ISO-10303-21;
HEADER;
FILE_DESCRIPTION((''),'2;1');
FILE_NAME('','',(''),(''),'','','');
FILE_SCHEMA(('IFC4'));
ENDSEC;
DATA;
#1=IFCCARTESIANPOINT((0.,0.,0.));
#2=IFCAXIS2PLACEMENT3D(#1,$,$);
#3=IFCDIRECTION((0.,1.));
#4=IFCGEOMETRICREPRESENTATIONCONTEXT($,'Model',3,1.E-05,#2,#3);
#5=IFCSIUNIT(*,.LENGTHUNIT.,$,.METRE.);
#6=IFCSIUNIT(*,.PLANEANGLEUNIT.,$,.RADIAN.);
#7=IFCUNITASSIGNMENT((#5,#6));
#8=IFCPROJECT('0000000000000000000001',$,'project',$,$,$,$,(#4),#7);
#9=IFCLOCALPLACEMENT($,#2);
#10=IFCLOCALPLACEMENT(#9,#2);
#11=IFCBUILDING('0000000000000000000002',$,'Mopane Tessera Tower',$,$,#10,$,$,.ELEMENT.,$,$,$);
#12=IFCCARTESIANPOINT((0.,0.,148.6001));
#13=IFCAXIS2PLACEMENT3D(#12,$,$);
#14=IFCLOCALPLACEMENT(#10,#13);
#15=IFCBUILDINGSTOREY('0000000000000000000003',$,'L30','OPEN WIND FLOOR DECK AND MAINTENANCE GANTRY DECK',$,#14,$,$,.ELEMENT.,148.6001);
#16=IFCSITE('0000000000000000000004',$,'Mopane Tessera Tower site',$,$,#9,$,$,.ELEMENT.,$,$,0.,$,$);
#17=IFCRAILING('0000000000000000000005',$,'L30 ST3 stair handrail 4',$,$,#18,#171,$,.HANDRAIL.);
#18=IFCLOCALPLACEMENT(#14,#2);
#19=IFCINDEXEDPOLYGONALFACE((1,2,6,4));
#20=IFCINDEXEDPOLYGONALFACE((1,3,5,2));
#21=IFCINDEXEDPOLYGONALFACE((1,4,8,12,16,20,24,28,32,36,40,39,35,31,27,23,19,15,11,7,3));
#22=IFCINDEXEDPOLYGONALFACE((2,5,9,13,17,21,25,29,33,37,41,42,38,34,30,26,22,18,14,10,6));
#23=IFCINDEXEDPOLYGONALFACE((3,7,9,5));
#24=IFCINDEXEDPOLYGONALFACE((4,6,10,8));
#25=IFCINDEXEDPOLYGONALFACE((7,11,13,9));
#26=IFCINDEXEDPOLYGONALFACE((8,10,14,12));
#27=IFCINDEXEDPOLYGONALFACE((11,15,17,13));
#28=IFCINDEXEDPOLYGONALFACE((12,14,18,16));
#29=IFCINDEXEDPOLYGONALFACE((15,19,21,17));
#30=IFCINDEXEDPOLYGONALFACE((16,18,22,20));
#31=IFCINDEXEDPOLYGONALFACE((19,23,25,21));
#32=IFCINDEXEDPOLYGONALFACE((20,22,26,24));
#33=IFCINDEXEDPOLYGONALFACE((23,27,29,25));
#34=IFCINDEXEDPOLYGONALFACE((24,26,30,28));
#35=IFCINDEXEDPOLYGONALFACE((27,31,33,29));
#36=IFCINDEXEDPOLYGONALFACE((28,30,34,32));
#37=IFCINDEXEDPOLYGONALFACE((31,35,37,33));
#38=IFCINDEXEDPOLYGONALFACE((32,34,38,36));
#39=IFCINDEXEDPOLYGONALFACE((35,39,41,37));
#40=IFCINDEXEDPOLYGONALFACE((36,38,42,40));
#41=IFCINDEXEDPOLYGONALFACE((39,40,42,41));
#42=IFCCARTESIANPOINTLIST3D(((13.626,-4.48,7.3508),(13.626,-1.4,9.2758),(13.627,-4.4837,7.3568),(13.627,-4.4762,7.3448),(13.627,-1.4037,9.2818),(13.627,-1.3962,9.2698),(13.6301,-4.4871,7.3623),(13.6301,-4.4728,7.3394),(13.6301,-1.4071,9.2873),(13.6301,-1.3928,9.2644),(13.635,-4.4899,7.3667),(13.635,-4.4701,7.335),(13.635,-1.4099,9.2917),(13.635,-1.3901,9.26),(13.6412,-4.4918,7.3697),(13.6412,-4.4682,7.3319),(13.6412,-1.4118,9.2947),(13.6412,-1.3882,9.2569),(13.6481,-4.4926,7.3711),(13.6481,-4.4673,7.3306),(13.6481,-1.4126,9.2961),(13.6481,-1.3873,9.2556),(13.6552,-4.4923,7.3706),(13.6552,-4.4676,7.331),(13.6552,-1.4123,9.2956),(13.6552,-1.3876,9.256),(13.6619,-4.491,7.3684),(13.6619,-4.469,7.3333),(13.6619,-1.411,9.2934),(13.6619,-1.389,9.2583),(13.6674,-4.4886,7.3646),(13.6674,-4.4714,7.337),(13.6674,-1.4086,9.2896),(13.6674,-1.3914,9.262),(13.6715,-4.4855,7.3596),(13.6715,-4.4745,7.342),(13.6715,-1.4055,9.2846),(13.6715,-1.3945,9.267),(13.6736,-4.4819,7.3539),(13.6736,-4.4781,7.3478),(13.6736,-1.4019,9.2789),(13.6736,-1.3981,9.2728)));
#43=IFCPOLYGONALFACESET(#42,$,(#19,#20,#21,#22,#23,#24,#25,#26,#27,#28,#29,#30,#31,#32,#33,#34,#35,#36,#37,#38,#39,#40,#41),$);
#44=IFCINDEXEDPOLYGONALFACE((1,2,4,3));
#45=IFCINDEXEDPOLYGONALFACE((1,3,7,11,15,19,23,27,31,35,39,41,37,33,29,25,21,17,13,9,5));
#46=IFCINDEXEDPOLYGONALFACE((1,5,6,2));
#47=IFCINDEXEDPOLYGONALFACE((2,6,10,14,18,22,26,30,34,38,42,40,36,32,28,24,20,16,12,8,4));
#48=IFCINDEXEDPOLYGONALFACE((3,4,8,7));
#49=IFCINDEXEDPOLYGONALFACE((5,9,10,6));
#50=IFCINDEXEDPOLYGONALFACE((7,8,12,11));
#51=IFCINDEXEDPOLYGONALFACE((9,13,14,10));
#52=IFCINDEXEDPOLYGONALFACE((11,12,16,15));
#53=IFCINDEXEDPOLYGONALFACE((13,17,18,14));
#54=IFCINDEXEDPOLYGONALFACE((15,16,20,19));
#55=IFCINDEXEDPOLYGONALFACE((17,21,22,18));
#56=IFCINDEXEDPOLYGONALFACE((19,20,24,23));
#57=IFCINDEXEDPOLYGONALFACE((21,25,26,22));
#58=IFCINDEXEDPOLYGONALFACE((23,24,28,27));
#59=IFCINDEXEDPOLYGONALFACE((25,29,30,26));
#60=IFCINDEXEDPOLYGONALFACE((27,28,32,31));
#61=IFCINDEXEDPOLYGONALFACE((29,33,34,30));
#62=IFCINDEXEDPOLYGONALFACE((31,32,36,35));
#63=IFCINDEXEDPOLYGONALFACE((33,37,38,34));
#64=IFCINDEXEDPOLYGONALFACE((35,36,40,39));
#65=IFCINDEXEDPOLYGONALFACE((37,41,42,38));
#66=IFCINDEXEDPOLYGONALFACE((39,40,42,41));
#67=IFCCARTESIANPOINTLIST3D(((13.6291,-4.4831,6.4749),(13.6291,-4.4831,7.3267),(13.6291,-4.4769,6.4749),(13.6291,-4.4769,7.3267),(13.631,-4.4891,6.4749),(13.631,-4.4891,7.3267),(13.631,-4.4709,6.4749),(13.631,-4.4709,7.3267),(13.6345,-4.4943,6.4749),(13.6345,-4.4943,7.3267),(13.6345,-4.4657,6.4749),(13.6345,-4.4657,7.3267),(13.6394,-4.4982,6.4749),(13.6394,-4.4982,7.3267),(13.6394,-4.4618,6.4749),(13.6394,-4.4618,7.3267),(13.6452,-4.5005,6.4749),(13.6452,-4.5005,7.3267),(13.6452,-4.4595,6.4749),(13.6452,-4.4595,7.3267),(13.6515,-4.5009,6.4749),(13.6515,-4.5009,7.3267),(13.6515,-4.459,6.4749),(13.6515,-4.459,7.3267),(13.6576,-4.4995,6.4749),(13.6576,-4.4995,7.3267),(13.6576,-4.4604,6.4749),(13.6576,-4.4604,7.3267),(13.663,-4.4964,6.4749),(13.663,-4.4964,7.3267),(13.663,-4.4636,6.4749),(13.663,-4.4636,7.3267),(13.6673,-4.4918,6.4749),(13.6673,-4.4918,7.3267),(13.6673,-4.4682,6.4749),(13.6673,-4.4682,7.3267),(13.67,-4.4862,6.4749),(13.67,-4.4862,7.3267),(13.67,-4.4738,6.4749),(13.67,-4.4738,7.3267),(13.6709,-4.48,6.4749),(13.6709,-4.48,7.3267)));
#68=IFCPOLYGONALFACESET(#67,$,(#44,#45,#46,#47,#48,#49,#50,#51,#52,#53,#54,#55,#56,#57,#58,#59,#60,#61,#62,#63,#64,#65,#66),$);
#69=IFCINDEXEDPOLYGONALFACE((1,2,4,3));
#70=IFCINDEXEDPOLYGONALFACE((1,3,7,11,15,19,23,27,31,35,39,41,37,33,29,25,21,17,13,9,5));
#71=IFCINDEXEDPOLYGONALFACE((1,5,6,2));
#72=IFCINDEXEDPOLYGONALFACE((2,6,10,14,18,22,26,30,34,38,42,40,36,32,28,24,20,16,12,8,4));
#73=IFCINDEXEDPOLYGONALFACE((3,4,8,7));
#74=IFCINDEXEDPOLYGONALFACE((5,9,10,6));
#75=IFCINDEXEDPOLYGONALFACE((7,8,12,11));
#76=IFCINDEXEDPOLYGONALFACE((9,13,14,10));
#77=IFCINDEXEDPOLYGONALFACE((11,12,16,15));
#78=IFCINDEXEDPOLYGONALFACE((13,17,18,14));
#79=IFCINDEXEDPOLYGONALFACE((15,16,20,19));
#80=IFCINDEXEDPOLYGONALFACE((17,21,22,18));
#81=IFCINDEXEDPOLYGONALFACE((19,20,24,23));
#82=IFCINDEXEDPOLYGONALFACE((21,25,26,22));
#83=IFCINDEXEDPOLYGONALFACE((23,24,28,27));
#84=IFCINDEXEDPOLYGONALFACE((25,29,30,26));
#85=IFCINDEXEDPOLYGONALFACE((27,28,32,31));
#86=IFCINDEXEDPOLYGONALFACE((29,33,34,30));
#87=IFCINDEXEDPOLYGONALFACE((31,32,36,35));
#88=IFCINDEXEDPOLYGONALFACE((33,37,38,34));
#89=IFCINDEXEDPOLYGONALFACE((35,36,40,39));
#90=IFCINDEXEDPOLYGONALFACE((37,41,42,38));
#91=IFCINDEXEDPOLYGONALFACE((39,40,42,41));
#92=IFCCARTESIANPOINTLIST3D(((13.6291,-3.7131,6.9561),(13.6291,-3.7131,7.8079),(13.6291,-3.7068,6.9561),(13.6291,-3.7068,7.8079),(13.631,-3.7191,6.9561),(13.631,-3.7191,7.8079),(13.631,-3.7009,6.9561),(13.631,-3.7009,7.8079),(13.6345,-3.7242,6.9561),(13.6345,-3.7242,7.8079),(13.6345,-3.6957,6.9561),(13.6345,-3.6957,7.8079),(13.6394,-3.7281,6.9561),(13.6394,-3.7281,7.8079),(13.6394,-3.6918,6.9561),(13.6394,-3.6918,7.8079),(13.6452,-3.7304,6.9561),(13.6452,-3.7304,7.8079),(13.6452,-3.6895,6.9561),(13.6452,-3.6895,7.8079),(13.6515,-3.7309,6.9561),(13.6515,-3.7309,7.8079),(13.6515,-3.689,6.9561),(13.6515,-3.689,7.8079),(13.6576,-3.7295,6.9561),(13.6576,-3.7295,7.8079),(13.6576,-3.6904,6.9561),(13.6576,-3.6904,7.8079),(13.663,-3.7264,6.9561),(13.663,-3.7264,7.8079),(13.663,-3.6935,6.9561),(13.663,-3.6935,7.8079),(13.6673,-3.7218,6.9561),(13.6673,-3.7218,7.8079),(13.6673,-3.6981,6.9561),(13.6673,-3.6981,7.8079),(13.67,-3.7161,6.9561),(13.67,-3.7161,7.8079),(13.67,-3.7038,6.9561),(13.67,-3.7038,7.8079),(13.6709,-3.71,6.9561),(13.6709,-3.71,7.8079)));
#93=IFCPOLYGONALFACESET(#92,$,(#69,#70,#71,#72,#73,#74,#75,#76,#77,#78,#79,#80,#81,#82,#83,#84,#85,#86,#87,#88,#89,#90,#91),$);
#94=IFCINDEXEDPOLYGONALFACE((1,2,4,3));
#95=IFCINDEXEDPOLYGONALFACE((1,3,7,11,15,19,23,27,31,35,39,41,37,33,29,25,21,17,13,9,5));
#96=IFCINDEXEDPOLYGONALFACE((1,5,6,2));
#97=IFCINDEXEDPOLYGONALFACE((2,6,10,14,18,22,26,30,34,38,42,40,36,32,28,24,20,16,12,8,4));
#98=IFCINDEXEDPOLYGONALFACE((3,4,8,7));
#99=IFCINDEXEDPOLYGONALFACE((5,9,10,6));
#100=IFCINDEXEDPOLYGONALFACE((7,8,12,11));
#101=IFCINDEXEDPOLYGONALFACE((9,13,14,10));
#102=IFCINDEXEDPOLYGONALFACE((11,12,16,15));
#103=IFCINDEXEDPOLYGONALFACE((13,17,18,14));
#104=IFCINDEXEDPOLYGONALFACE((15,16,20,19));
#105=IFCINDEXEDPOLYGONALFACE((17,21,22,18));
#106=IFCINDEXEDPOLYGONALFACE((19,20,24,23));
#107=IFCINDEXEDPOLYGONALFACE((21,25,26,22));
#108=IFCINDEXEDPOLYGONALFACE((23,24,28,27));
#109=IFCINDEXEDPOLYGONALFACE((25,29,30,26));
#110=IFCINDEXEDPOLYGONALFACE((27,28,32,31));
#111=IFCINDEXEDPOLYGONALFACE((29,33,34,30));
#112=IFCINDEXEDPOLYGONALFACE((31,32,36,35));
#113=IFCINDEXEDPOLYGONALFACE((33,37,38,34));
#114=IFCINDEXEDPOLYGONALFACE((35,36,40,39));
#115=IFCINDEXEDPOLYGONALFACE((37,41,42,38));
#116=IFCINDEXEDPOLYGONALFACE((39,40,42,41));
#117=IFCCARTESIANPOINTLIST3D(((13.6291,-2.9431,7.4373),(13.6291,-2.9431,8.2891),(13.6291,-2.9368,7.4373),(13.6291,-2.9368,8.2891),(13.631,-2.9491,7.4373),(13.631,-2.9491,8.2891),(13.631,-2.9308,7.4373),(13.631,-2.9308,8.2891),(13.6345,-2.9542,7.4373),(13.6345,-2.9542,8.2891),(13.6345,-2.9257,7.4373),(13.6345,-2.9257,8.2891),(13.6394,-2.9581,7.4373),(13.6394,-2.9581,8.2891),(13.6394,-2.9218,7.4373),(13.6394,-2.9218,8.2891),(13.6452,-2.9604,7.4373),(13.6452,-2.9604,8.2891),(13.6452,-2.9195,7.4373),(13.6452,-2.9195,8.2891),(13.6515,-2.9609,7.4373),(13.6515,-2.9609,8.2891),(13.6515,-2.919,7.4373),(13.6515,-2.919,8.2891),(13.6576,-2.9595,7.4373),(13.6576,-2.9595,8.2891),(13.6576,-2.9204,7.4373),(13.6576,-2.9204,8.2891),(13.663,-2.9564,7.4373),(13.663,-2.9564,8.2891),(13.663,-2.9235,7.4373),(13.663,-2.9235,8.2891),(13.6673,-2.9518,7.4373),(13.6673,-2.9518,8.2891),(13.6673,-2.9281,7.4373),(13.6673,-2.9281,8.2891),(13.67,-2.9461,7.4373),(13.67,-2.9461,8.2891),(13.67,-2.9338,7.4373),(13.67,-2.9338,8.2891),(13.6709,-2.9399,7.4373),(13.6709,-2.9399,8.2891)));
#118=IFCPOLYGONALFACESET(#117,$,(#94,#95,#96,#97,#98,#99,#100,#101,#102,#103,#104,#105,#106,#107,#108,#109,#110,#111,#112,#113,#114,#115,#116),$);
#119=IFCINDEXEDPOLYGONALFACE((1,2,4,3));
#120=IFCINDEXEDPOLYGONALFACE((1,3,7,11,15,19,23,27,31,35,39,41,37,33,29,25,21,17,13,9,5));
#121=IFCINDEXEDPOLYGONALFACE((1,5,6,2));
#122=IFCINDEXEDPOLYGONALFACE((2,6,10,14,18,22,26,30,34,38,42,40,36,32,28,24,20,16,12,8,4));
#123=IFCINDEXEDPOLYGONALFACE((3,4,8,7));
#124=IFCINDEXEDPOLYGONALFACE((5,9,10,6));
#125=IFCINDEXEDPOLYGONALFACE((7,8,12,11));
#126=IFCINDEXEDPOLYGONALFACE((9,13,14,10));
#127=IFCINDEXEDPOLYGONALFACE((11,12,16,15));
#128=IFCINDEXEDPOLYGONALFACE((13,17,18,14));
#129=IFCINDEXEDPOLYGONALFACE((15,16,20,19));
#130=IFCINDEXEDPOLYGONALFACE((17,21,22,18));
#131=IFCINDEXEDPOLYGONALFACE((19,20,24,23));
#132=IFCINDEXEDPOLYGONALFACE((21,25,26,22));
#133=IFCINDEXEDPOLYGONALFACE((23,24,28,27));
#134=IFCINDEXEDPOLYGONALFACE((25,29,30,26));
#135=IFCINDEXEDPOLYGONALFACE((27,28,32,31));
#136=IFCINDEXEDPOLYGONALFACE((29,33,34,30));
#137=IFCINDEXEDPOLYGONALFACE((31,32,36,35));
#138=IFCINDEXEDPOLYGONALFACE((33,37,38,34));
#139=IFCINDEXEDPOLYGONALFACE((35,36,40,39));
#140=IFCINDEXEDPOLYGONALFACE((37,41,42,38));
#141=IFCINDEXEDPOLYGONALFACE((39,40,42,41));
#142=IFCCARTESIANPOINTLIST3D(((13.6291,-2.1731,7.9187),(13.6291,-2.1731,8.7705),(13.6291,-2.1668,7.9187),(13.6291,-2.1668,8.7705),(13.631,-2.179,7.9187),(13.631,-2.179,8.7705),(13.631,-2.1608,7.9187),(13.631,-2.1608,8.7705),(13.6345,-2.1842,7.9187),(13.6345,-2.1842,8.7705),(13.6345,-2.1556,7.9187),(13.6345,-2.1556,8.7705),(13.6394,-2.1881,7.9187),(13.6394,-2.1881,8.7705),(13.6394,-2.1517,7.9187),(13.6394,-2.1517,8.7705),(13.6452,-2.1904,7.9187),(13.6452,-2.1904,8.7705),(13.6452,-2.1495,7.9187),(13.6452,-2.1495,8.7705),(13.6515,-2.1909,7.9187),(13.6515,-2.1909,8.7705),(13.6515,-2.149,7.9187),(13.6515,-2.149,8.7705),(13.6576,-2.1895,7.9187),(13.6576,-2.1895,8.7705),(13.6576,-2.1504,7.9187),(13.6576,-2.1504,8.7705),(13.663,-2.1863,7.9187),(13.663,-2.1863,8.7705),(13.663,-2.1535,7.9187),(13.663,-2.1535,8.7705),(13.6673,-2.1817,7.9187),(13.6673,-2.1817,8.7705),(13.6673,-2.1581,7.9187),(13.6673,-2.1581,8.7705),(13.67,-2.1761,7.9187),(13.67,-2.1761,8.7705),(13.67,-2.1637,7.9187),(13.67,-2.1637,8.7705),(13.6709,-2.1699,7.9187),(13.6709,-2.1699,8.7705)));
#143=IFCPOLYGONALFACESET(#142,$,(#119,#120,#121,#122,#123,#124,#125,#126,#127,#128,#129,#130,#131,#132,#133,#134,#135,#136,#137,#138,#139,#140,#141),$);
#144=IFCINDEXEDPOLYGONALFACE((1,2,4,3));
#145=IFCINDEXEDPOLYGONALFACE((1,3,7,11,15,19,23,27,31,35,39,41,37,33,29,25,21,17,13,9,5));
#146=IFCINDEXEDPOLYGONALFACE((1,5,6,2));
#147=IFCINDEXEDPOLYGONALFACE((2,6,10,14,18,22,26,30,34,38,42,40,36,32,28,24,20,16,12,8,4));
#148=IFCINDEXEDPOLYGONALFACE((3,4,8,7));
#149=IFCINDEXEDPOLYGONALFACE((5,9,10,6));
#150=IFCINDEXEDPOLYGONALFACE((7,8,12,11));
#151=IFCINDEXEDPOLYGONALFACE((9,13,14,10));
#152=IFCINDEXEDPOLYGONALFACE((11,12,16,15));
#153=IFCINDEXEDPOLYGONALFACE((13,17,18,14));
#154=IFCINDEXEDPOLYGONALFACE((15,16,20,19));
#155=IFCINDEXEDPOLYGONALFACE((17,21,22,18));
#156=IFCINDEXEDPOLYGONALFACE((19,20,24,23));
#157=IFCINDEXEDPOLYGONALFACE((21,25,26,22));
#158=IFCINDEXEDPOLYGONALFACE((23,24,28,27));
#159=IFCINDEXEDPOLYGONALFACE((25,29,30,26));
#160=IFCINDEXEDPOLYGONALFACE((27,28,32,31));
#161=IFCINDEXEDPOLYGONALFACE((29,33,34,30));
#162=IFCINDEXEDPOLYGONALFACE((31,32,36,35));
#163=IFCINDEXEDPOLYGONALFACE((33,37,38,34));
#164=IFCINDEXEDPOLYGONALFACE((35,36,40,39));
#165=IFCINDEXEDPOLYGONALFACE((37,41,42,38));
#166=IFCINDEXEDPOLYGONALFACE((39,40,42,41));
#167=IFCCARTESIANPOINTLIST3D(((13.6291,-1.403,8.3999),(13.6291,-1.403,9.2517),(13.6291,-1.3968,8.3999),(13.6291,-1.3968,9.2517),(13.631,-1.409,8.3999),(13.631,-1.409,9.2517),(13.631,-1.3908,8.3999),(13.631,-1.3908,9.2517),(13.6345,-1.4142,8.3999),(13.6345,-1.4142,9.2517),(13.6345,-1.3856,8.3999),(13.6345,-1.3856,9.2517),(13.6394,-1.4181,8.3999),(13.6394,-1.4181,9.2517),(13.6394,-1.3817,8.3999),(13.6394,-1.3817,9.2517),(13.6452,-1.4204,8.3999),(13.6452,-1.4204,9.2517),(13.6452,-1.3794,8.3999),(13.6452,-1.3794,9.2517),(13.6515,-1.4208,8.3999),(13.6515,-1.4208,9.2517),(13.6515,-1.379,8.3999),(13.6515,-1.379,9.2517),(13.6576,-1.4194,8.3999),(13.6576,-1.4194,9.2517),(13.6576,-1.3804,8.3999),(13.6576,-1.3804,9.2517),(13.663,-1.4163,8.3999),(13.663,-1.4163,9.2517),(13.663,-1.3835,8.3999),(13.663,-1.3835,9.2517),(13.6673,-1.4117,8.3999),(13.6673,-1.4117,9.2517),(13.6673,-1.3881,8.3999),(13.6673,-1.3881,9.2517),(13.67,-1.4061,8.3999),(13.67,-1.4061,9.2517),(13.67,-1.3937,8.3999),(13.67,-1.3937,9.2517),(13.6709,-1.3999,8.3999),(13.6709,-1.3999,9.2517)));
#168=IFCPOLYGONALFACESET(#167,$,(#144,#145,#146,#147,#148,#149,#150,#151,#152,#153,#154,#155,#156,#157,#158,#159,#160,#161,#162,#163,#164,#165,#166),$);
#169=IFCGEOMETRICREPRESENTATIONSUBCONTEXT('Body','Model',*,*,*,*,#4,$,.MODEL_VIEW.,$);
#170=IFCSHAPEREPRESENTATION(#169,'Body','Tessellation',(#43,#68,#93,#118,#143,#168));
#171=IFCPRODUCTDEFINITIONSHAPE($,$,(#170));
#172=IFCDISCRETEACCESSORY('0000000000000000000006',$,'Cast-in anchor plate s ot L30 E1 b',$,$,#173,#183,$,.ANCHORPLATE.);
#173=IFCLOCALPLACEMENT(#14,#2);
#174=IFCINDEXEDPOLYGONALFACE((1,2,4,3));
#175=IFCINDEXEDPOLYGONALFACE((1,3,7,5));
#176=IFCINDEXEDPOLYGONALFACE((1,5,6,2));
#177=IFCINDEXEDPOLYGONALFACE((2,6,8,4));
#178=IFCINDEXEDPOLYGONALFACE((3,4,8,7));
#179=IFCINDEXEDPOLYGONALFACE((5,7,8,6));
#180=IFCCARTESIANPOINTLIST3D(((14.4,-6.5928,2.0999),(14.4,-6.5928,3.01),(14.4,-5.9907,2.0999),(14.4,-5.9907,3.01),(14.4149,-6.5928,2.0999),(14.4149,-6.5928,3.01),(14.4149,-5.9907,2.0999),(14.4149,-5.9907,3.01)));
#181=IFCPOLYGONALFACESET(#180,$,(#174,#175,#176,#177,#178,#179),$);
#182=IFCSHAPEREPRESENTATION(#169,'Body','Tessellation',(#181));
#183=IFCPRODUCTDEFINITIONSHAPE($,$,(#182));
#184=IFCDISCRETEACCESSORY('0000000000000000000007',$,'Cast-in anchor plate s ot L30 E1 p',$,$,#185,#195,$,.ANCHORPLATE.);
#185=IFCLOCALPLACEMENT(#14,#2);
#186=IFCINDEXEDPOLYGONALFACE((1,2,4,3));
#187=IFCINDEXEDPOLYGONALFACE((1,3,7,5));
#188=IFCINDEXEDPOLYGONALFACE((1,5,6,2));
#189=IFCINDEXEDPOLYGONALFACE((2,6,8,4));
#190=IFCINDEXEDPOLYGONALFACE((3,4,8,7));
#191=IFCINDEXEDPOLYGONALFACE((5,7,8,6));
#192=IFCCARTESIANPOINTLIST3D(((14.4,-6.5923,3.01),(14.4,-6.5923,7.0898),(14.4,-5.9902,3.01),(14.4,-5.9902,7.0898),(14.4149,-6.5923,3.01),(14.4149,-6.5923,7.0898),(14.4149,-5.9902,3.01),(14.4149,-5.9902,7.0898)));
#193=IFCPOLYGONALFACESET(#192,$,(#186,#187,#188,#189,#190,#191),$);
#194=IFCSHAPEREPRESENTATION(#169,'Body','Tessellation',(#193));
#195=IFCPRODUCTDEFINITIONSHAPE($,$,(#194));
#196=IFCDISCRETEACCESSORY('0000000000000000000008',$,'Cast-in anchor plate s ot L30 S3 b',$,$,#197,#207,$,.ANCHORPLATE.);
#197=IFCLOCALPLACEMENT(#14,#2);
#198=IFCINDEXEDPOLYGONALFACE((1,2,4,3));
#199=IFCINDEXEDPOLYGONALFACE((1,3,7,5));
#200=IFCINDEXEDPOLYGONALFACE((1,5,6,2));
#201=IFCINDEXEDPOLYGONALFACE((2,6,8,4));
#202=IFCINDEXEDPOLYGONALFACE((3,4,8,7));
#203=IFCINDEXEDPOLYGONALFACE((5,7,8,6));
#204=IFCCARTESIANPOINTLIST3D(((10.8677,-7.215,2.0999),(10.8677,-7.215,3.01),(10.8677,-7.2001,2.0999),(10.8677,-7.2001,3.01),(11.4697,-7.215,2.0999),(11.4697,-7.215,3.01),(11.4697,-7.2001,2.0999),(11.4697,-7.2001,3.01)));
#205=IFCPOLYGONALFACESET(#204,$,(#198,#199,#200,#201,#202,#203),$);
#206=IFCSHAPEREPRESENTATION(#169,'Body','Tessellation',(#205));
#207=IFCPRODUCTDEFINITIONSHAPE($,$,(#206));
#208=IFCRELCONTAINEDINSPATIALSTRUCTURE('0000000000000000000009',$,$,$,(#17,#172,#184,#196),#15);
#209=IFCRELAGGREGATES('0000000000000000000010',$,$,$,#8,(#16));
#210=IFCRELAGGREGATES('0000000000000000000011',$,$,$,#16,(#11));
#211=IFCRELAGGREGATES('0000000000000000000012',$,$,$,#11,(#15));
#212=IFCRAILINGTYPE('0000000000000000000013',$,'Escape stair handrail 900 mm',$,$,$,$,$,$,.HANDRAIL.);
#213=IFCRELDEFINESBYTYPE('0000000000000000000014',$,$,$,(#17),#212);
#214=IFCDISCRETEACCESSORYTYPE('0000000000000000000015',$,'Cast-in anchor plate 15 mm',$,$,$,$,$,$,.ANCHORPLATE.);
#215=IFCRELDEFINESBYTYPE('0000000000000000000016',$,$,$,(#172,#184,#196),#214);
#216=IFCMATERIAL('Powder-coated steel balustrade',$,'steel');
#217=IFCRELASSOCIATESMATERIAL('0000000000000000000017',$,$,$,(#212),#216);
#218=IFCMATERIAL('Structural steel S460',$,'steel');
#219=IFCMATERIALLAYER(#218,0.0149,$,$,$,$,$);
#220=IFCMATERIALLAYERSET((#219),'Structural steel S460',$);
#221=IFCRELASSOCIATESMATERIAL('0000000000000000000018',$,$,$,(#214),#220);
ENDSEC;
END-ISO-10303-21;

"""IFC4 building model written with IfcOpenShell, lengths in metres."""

from ifc_helpers import new_model, si_unit, direction, frame, origin, origin_2d, place, context, subcontext, project, spatial, rectangle, circle, extrude, material, layer, layer_set, type_object, element, save


model = new_model("IFC4")

# Units and contexts
model_context = context("Model", 3, precision=1e-05, world=origin(), true_north=direction((0.0, 1.0)))
body_context = subcontext(model_context, "Body", "Model", "MODEL_VIEW")
ifc_project = project(units=[si_unit("LENGTHUNIT", "METRE"), si_unit("PLANEANGLEUNIT", "RADIAN")], contexts=[model_context])

# Site, building, storey
site_placement = place(None, origin())
site = spatial("IfcSite", under=ifc_project, at=site_placement, Name="Mopane Tessera Tower site", CompositionType="ELEMENT", RefElevation=0.0)
building_placement = place(site_placement, origin())
building = spatial("IfcBuilding", under=site, at=building_placement, Name="Mopane Tessera Tower", CompositionType="ELEMENT")
storey_placement = place(building_placement, frame((0.0, 0.0, 148.6001)))
storey = spatial("IfcBuildingStorey", under=building, at=storey_placement, Name="L30", Description="OPEN WIND FLOOR DECK AND MAINTENANCE GANTRY DECK", CompositionType="ELEMENT", Elevation=148.6001)

# Railing
ifc_material_1 = material(Name="Powder-coated steel balustrade", Category="steel")
railing_type_1 = type_object("IfcRailingType", Name="Escape stair handrail 900 mm", PredefinedType="HANDRAIL", material=ifc_material_1)
for number, where, name in (
    (1, (13.6499, -4.48, 6.4749), "L30 ST3 stair handrail 4"),
):
    element("IfcRailing", number, at=place(storey_placement, frame(where)), inside=storey, type_object=railing_type_1, Name=name, PredefinedType="HANDRAIL", context=body_context, shape_type="SweptSolid", body=[
        extrude(circle(Radius=0.0239, at=origin_2d()), frame((0.0, 0.0, 0.876), z_axis=(0.0, 0.847998, 0.529999), x_axis=(-1.0, 0.0, 0.0)), (0.0, 0.0, 1.0), 3.6321),
        extrude(circle(Radius=0.021, at=origin_2d()), origin(), (0.0, 0.0, 1.0), 0.8518),
        extrude(circle(Radius=0.021, at=origin_2d()), frame((0.0, 0.77, 0.4812)), (0.0, 0.0, 1.0), 0.8518),
        extrude(circle(Radius=0.021, at=origin_2d()), frame((0.0, 1.54, 0.9624)), (0.0, 0.0, 1.0), 0.8518),
        extrude(circle(Radius=0.021, at=origin_2d()), frame((0.0, 2.3101, 1.4438)), (0.0, 0.0, 1.0), 0.8518),
        extrude(circle(Radius=0.021, at=origin_2d()), frame((0.0, 3.0801, 1.925)), (0.0, 0.0, 1.0), 0.8518),
    ])

# Discrete accessories
ifc_material_2 = material(Name="Structural steel S460", Category="steel")
ifc_layer_1 = layer(ifc_material_2, 0.0149)
ifc_layer_set_1 = layer_set([ifc_layer_1], Name="Structural steel S460")
discrete_accessory_type_1 = type_object("IfcDiscreteAccessoryType", Name="Cast-in anchor plate 15 mm", PredefinedType="ANCHORPLATE", material=ifc_layer_set_1)
discrete_accessory_1_placement = place(storey_placement, frame((14.4075, -6.2917, 2.0999), z_axis=(0.0, 0.0, 1.0), x_axis=(1.0, 0.0, 0.0)))
element("IfcDiscreteAccessory", 2, at=discrete_accessory_1_placement, inside=storey, type_object=discrete_accessory_type_1, Name="Cast-in anchor plate s ot L30 E1 b", PredefinedType="ANCHORPLATE", context=body_context, shape_type="SweptSolid", body=[
    extrude(rectangle(XDim=0.0149, YDim=0.6021, at=origin_2d()), origin(), (0.0, 0.0, 1.0), 0.9102),
])
discrete_accessory_2_placement = place(storey_placement, frame((14.4075, -6.2913, 3.01), z_axis=(0.0, 0.0, 1.0), x_axis=(1.0, 0.0, 0.0)))
element("IfcDiscreteAccessory", 3, at=discrete_accessory_2_placement, inside=storey, type_object=discrete_accessory_type_1, Name="Cast-in anchor plate s ot L30 E1 p", PredefinedType="ANCHORPLATE", context=body_context, shape_type="SweptSolid", body=[
    extrude(rectangle(XDim=0.0149, YDim=0.6021, at=origin_2d()), origin(), (0.0, 0.0, 1.0), 4.0798),
])
for number, where, z_axis, x_axis, name in (
    (4, (11.1687, -7.2075, 2.0999), (0.0, 0.0, 1.0), (0.0, -1.0, 0.0), "Cast-in anchor plate s ot L30 S3 b"),
):
    element("IfcDiscreteAccessory", number, at=place(storey_placement, frame(where, z_axis=z_axis, x_axis=x_axis)), inside=storey, type_object=discrete_accessory_type_1, Name=name, PredefinedType="ANCHORPLATE", context=body_context, shape_type="SweptSolid", body=[
        extrude(rectangle(XDim=0.0149, YDim=0.6021, at=origin_2d()), origin(), (0.0, 0.0, 1.0), 0.9102),
    ])

save(model, "model.ifc")
